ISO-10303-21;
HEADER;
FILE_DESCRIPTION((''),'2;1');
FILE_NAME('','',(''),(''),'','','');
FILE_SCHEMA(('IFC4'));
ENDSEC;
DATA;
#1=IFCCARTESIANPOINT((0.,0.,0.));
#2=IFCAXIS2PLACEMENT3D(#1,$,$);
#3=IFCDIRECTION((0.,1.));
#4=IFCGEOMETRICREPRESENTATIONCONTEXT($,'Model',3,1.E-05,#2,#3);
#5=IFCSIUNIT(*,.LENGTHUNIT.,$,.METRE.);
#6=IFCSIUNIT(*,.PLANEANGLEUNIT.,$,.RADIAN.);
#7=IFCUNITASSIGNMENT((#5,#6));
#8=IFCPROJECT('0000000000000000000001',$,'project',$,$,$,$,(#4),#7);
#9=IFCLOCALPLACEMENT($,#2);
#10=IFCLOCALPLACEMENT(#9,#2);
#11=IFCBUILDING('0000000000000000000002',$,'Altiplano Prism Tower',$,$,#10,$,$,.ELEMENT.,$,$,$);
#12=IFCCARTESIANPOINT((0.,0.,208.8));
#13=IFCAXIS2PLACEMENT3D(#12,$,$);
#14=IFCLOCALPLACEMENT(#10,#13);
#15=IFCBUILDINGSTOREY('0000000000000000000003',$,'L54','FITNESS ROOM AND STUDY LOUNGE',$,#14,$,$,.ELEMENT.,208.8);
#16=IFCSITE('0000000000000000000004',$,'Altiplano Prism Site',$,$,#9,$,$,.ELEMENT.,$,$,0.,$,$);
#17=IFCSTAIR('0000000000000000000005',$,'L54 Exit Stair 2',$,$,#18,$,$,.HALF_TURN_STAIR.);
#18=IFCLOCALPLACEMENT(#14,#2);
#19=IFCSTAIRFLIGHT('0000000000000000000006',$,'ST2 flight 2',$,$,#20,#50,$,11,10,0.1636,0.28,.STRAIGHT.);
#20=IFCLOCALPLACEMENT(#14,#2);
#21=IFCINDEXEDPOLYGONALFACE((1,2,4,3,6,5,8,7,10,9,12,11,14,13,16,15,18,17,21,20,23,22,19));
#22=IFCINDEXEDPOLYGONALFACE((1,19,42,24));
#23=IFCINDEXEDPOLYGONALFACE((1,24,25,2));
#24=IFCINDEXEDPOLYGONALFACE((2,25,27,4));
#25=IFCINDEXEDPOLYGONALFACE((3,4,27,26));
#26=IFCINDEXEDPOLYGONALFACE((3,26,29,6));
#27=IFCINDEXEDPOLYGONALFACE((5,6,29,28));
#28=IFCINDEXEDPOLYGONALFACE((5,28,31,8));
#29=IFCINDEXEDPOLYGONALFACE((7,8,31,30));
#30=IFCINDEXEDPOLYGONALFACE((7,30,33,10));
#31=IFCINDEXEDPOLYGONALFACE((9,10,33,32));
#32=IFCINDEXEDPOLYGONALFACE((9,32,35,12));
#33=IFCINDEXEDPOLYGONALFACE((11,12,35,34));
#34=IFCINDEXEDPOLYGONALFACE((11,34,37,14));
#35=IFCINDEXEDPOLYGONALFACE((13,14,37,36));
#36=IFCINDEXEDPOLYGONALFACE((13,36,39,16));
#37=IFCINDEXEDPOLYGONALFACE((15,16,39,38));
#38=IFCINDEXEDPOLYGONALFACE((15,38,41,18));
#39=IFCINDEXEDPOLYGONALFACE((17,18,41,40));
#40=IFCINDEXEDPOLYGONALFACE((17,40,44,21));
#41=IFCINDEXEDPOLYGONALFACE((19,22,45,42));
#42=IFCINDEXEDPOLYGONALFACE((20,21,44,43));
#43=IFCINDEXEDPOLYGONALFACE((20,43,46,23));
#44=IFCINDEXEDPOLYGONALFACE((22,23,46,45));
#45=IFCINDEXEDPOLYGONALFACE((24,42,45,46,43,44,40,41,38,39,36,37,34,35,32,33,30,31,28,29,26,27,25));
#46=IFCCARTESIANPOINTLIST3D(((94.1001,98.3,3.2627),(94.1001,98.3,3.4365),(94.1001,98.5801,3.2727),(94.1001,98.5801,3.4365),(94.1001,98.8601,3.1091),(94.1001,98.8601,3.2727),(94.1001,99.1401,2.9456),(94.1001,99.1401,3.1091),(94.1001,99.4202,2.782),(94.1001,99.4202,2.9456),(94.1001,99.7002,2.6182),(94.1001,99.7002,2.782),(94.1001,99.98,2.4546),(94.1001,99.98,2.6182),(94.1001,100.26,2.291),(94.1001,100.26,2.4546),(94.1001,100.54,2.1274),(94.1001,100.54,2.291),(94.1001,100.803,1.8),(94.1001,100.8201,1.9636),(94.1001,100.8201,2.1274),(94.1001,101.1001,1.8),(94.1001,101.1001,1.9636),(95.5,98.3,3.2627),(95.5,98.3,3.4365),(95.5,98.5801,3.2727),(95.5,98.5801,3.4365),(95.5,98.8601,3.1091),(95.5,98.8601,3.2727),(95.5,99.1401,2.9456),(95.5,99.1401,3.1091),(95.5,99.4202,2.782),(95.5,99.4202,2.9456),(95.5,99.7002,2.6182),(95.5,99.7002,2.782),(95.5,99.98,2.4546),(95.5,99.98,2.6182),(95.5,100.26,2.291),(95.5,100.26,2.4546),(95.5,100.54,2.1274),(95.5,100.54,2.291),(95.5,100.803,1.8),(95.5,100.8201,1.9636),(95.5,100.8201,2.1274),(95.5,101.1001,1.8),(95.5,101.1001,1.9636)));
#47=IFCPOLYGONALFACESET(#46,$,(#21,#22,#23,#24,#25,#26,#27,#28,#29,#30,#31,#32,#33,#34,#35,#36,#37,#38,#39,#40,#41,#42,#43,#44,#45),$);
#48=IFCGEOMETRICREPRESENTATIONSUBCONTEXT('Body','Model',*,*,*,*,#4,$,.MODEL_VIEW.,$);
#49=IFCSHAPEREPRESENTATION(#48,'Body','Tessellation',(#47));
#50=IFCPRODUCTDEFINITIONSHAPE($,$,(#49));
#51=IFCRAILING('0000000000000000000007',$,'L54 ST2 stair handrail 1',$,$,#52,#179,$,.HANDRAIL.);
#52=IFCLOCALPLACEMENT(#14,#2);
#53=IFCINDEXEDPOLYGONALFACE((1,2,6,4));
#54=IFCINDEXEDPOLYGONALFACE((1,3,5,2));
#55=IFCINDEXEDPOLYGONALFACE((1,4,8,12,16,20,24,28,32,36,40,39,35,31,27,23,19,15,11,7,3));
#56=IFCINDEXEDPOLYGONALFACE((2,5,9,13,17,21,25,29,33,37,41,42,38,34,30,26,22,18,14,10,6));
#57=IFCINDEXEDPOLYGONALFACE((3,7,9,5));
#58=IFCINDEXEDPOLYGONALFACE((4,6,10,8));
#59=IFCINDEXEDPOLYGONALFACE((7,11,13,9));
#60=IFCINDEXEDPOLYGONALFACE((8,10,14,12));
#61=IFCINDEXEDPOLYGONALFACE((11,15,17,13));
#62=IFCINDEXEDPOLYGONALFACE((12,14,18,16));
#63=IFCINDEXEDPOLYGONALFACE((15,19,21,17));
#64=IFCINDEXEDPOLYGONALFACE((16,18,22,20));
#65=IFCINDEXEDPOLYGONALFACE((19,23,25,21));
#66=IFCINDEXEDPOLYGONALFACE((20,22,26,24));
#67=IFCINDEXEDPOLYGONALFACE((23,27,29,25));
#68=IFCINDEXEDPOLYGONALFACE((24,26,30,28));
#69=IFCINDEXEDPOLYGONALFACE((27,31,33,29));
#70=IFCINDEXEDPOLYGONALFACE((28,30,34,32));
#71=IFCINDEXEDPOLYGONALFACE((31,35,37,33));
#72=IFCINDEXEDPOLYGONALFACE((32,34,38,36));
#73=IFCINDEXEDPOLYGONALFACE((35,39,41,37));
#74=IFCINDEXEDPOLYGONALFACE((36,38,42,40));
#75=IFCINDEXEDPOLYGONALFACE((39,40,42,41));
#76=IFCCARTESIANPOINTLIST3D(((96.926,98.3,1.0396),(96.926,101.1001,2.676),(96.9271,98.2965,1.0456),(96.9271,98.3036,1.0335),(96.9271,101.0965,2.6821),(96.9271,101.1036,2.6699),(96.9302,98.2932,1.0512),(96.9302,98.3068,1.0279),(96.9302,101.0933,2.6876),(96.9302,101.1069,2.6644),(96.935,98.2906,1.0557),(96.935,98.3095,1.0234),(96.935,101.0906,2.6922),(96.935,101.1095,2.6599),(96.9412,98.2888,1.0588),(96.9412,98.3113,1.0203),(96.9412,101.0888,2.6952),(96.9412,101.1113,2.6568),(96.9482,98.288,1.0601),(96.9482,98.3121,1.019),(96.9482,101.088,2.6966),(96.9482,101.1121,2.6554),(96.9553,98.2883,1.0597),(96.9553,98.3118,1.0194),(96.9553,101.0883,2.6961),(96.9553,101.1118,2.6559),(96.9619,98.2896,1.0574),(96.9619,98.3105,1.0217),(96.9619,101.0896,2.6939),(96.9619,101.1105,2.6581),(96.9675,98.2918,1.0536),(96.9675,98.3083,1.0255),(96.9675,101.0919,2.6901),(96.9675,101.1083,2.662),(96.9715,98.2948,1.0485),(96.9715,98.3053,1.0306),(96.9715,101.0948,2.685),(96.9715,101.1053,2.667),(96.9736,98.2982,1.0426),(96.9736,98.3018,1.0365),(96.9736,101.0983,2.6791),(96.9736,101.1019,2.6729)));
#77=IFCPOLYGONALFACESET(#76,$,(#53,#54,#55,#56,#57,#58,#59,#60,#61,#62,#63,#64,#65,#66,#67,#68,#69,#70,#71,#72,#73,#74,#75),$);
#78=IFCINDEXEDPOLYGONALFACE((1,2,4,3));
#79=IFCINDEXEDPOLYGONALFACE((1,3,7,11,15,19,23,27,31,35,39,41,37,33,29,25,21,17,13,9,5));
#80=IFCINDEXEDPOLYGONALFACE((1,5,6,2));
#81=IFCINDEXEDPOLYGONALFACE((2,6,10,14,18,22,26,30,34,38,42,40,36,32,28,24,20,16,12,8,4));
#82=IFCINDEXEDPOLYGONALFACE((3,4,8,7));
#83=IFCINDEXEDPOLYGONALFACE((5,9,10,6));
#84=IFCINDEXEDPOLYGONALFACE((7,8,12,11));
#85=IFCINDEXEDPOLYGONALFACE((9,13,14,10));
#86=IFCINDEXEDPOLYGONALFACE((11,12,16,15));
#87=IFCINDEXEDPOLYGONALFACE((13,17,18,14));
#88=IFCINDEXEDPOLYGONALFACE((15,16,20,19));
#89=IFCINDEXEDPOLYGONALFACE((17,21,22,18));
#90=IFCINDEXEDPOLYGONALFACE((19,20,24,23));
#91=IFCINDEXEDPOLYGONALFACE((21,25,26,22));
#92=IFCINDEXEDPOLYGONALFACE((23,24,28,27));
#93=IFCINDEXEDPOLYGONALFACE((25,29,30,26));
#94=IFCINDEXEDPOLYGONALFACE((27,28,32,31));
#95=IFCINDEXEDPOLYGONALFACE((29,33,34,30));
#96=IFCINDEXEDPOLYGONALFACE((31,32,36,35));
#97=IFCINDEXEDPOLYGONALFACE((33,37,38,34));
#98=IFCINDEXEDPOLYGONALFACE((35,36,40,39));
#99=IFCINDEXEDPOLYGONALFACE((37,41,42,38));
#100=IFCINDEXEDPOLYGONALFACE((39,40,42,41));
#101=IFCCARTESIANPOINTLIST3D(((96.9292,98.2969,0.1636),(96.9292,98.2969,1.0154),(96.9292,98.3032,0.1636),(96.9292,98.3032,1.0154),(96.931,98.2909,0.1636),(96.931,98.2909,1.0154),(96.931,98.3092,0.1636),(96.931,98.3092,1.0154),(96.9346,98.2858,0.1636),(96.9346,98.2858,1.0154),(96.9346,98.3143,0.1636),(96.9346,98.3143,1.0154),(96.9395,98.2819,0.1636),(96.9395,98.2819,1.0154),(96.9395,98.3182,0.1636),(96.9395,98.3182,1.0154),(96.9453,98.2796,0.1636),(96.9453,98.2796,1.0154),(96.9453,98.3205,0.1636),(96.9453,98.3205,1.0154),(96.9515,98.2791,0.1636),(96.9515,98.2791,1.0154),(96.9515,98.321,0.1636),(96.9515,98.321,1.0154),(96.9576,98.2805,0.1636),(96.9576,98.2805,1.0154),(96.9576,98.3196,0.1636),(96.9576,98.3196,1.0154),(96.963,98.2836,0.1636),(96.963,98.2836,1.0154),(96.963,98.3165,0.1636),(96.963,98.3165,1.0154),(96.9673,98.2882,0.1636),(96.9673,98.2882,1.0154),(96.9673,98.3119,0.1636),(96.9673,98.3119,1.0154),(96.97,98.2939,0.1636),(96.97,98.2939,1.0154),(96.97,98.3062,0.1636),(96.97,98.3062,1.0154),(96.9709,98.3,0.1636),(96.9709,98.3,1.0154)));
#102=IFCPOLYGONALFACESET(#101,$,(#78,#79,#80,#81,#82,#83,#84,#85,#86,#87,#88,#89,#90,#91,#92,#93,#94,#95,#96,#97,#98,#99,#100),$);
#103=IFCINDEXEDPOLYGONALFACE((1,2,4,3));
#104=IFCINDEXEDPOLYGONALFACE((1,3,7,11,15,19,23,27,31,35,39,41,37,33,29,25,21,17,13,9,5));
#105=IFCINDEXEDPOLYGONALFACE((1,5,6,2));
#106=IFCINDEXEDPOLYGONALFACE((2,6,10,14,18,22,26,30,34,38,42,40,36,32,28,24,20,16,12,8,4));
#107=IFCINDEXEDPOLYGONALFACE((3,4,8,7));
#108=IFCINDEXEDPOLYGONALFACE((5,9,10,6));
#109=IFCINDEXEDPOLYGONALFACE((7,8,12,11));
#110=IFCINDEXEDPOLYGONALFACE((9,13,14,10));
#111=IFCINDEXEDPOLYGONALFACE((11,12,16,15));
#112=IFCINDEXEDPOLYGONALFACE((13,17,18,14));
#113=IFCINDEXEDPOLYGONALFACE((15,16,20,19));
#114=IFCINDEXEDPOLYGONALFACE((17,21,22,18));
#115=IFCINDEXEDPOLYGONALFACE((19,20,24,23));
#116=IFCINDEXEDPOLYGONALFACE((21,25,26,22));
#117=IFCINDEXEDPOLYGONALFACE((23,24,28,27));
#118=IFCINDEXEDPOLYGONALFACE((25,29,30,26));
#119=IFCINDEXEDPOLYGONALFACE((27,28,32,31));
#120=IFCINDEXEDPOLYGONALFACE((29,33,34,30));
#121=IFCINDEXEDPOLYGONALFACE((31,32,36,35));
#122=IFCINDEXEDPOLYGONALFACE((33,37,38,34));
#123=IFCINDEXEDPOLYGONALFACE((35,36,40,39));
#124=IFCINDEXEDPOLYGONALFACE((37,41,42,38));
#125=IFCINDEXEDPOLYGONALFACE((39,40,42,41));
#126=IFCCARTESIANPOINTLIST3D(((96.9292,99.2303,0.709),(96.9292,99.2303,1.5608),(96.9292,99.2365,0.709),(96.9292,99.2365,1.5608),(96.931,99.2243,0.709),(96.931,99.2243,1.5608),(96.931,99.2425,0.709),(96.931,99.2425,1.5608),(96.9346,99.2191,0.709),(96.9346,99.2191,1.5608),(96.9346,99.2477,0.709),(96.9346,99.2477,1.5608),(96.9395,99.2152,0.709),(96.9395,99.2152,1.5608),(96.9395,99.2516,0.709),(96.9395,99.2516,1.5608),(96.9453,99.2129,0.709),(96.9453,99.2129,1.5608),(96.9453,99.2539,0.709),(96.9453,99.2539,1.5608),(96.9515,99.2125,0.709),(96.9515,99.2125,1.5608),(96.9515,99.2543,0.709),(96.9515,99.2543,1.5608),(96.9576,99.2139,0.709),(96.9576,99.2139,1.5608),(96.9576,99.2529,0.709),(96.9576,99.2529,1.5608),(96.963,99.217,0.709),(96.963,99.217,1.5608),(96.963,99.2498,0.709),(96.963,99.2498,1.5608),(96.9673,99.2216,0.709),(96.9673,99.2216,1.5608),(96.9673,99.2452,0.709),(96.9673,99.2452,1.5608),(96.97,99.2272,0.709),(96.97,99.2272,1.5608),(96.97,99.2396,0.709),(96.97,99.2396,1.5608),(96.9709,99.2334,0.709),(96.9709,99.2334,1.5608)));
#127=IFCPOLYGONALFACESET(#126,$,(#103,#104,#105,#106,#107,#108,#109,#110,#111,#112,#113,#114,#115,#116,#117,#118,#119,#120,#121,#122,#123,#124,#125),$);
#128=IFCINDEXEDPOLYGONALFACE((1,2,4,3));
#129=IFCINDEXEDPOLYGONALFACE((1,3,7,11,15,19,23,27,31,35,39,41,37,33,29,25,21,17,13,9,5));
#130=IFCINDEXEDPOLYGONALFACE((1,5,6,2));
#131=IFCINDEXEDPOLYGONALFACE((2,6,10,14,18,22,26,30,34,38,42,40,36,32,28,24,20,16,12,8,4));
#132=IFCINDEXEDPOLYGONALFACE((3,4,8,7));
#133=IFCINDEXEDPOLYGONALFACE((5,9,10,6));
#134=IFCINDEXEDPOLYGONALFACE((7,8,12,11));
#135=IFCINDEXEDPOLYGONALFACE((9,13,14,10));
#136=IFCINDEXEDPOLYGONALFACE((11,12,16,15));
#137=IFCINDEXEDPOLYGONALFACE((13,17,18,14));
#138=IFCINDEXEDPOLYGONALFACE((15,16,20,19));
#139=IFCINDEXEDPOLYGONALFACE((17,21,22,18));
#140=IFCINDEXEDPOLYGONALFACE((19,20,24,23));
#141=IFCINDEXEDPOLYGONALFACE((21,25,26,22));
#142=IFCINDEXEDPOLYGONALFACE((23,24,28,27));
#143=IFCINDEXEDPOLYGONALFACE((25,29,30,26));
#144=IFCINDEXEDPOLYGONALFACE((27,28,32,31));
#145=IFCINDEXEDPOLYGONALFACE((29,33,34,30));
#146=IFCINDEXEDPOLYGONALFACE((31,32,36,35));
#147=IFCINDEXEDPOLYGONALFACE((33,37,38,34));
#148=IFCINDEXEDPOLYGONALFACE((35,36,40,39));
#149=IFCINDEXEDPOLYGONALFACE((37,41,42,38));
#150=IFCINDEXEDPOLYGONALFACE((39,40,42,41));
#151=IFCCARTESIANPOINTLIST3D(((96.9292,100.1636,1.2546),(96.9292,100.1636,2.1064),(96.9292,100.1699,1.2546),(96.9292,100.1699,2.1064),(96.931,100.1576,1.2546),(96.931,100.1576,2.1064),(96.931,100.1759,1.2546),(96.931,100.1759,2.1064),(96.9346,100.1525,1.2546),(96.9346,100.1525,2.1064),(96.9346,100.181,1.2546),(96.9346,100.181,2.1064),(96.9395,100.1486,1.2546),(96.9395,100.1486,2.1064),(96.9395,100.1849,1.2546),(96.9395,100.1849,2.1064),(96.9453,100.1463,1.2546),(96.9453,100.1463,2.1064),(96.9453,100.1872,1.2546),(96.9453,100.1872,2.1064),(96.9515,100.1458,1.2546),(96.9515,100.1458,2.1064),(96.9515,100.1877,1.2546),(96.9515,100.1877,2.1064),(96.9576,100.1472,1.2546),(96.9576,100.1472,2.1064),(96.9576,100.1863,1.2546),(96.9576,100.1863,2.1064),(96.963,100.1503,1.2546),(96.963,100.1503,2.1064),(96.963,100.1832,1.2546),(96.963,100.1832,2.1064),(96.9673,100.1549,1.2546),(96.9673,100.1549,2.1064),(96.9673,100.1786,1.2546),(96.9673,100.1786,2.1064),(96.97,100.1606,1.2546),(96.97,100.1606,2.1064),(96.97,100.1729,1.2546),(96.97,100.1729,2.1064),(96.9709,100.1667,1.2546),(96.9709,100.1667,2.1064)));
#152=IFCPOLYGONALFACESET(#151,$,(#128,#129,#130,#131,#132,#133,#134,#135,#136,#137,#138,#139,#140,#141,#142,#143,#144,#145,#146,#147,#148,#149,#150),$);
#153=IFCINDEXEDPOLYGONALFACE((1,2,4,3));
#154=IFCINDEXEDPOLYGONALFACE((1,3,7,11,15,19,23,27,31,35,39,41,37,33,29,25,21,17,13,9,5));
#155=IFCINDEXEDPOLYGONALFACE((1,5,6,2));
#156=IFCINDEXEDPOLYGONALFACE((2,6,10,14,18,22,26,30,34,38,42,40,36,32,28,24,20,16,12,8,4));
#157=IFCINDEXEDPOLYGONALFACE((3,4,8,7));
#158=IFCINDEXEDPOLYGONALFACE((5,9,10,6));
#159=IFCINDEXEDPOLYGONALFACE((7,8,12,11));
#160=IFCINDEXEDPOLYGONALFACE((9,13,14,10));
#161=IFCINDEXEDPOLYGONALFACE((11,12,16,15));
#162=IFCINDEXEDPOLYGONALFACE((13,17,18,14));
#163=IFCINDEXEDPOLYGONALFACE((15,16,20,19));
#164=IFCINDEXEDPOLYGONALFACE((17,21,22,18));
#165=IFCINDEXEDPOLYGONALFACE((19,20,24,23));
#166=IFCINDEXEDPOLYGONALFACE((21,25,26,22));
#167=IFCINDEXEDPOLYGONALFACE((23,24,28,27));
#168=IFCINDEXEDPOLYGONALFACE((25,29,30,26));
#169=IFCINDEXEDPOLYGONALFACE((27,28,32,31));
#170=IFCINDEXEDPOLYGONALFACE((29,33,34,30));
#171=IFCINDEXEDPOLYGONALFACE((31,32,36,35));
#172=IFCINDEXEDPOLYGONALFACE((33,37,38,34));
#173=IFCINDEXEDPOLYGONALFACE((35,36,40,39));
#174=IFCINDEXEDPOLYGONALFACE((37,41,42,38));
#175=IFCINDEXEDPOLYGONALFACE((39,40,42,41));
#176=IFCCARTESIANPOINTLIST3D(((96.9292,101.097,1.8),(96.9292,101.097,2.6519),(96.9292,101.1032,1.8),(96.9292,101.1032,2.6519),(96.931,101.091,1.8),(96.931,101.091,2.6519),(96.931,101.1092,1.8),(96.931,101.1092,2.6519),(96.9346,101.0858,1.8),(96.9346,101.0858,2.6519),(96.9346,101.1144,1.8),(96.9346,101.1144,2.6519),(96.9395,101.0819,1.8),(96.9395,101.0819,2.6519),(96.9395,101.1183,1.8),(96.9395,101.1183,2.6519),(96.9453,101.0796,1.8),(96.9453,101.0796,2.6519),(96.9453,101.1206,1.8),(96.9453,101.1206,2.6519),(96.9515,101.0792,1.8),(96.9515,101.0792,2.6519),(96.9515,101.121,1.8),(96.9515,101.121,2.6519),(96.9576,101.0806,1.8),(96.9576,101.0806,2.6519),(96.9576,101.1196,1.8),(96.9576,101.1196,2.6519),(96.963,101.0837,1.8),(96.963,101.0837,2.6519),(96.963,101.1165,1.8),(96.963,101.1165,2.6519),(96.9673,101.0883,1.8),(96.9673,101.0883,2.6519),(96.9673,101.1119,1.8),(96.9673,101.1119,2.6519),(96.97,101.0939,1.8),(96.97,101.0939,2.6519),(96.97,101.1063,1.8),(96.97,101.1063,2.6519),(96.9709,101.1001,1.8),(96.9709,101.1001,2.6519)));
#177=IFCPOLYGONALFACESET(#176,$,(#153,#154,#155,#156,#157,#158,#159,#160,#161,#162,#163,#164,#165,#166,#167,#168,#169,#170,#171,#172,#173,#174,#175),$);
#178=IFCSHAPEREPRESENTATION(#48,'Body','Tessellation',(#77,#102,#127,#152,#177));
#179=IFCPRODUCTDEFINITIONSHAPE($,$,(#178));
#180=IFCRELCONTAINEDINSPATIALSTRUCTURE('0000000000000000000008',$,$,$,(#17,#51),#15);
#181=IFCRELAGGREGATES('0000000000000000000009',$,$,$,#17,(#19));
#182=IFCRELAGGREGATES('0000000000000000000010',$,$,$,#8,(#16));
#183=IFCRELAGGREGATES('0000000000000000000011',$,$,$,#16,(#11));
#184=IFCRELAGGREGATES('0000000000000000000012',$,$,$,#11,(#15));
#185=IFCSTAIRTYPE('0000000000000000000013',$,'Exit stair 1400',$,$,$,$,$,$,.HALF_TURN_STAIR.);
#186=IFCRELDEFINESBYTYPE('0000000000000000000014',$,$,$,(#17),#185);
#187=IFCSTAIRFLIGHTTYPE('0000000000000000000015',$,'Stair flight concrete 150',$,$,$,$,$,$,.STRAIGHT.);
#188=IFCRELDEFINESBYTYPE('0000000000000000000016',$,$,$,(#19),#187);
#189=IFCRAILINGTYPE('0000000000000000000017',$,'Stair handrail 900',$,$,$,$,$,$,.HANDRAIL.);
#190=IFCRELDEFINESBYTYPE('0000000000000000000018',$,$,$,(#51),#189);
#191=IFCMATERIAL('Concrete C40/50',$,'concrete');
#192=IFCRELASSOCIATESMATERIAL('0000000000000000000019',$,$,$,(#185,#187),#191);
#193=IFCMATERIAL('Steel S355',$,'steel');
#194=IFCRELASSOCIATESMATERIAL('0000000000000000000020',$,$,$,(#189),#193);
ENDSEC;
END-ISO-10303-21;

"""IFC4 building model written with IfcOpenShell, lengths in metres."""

from ifc_helpers import new_model, si_unit, direction, frame, origin, origin_2d, place, context, subcontext, project, spatial, polyline, circle, outline, extrude, material, type_object, element, aggregate, save


model = new_model("IFC4")

# Units and contexts
model_context = context("Model", 3, precision=1e-05, world=origin(), true_north=direction((0.0, 1.0)))
body_context = subcontext(model_context, "Body", "Model", "MODEL_VIEW")
ifc_project = project(units=[si_unit("LENGTHUNIT", "METRE"), si_unit("PLANEANGLEUNIT", "RADIAN")], contexts=[model_context])

# Site, building, storey
site_placement = place(None, origin())
site = spatial("IfcSite", under=ifc_project, at=site_placement, Name="Altiplano Prism Site", CompositionType="ELEMENT", RefElevation=0.0)
building_placement = place(site_placement, origin())
building = spatial("IfcBuilding", under=site, at=building_placement, Name="Altiplano Prism Tower", CompositionType="ELEMENT")
storey_placement = place(building_placement, frame((0.0, 0.0, 208.8)))
storey = spatial("IfcBuildingStorey", under=building, at=storey_placement, Name="L54", Description="FITNESS ROOM AND STUDY LOUNGE", CompositionType="ELEMENT", Elevation=208.8)

# Stair, stair flight
ifc_material_1 = material(Name="Concrete C40/50", Category="concrete")
stair_type = type_object("IfcStairType", Name="Exit stair 1400", PredefinedType="HALF_TURN_STAIR", material=ifc_material_1)
stair_placement = place(storey_placement, origin())
stair = element("IfcStair", 1, at=stair_placement, inside=storey, type_object=stair_type, Name="L54 Exit Stair 2", PredefinedType="HALF_TURN_STAIR")
stair_flight_type = type_object("IfcStairFlightType", Name="Stair flight concrete 150", PredefinedType="STRAIGHT", material=ifc_material_1)
stair_flight_1_placement = place(storey_placement, frame((94.8, 101.1001, 1.8), z_axis=(0.0, 0.0, 1.0), x_axis=(0.0, -1.0, 0.0)))
stair_flight_1 = element("IfcStairFlight", 2, at=stair_flight_1_placement, type_object=stair_flight_type, Name="ST2 flight 2", NumberOfRisers=11, NumberOfTreads=10, PredefinedType="STRAIGHT", RiserHeight=0.1636, TreadLength=0.28, context=body_context, shape_type="SweptSolid", body=[
    extrude(outline(polyline([(0.0, 0.0), (0.0, 0.1636), (0.28, 0.1636), (0.28, 0.3274), (0.5601, 0.3274), (0.5601, 0.491), (0.8401, 0.491), (0.8401, 0.6545), (1.1201, 0.6545), (1.1201, 0.8181), (1.3999, 0.8181), (1.3999, 0.9819), (1.6799, 0.9819), (1.6799, 1.1455), (1.96, 1.1455), (1.96, 1.3091), (2.24, 1.3091), (2.24, 1.4727), (2.52, 1.4727), (2.52, 1.6365), (2.8, 1.6365), (2.8, 1.8), (2.8, 1.4626), (0.2971, 0.0), (0.0, 0.0)])), frame((0.0, 0.7, 0.0), z_axis=(0.0, -1.0, 0.0), x_axis=(1.0, 0.0, 0.0)), (0.0, 0.0, 1.0), 1.3999),
])
aggregate(stair, [stair_flight_1])

# Railing
ifc_material_2 = material(Name="Steel S355", Category="steel")
railing_type_1 = type_object("IfcRailingType", Name="Stair handrail 900", PredefinedType="HANDRAIL", material=ifc_material_2)
railing_1_placement = place(storey_placement, frame((96.95, 98.3, 0.1636)))
element("IfcRailing", 3, at=railing_1_placement, inside=storey, type_object=railing_type_1, Name="L54 ST2 stair handrail 1", PredefinedType="HANDRAIL", context=body_context, shape_type="SweptSolid", body=[
    extrude(circle(Radius=0.0239, at=origin_2d()), frame((0.0, 0.0, 0.876), z_axis=(0.0, 0.863361, 0.504587), x_axis=(-1.0, 0.0, 0.0)), (0.0, 0.0, 1.0), 3.2432),
    extrude(circle(Radius=0.021, at=origin_2d()), origin(), (0.0, 0.0, 1.0), 0.8518),
    extrude(circle(Radius=0.021, at=origin_2d()), frame((0.0, 0.9333, 0.5454)), (0.0, 0.0, 1.0), 0.8518),
    extrude(circle(Radius=0.021, at=origin_2d()), frame((0.0, 1.8667, 1.0911)), (0.0, 0.0, 1.0), 0.8518),
    extrude(circle(Radius=0.021, at=origin_2d()), frame((0.0, 2.8, 1.6365)), (0.0, 0.0, 1.0), 0.8518),
])

save(model, "model.ifc")
